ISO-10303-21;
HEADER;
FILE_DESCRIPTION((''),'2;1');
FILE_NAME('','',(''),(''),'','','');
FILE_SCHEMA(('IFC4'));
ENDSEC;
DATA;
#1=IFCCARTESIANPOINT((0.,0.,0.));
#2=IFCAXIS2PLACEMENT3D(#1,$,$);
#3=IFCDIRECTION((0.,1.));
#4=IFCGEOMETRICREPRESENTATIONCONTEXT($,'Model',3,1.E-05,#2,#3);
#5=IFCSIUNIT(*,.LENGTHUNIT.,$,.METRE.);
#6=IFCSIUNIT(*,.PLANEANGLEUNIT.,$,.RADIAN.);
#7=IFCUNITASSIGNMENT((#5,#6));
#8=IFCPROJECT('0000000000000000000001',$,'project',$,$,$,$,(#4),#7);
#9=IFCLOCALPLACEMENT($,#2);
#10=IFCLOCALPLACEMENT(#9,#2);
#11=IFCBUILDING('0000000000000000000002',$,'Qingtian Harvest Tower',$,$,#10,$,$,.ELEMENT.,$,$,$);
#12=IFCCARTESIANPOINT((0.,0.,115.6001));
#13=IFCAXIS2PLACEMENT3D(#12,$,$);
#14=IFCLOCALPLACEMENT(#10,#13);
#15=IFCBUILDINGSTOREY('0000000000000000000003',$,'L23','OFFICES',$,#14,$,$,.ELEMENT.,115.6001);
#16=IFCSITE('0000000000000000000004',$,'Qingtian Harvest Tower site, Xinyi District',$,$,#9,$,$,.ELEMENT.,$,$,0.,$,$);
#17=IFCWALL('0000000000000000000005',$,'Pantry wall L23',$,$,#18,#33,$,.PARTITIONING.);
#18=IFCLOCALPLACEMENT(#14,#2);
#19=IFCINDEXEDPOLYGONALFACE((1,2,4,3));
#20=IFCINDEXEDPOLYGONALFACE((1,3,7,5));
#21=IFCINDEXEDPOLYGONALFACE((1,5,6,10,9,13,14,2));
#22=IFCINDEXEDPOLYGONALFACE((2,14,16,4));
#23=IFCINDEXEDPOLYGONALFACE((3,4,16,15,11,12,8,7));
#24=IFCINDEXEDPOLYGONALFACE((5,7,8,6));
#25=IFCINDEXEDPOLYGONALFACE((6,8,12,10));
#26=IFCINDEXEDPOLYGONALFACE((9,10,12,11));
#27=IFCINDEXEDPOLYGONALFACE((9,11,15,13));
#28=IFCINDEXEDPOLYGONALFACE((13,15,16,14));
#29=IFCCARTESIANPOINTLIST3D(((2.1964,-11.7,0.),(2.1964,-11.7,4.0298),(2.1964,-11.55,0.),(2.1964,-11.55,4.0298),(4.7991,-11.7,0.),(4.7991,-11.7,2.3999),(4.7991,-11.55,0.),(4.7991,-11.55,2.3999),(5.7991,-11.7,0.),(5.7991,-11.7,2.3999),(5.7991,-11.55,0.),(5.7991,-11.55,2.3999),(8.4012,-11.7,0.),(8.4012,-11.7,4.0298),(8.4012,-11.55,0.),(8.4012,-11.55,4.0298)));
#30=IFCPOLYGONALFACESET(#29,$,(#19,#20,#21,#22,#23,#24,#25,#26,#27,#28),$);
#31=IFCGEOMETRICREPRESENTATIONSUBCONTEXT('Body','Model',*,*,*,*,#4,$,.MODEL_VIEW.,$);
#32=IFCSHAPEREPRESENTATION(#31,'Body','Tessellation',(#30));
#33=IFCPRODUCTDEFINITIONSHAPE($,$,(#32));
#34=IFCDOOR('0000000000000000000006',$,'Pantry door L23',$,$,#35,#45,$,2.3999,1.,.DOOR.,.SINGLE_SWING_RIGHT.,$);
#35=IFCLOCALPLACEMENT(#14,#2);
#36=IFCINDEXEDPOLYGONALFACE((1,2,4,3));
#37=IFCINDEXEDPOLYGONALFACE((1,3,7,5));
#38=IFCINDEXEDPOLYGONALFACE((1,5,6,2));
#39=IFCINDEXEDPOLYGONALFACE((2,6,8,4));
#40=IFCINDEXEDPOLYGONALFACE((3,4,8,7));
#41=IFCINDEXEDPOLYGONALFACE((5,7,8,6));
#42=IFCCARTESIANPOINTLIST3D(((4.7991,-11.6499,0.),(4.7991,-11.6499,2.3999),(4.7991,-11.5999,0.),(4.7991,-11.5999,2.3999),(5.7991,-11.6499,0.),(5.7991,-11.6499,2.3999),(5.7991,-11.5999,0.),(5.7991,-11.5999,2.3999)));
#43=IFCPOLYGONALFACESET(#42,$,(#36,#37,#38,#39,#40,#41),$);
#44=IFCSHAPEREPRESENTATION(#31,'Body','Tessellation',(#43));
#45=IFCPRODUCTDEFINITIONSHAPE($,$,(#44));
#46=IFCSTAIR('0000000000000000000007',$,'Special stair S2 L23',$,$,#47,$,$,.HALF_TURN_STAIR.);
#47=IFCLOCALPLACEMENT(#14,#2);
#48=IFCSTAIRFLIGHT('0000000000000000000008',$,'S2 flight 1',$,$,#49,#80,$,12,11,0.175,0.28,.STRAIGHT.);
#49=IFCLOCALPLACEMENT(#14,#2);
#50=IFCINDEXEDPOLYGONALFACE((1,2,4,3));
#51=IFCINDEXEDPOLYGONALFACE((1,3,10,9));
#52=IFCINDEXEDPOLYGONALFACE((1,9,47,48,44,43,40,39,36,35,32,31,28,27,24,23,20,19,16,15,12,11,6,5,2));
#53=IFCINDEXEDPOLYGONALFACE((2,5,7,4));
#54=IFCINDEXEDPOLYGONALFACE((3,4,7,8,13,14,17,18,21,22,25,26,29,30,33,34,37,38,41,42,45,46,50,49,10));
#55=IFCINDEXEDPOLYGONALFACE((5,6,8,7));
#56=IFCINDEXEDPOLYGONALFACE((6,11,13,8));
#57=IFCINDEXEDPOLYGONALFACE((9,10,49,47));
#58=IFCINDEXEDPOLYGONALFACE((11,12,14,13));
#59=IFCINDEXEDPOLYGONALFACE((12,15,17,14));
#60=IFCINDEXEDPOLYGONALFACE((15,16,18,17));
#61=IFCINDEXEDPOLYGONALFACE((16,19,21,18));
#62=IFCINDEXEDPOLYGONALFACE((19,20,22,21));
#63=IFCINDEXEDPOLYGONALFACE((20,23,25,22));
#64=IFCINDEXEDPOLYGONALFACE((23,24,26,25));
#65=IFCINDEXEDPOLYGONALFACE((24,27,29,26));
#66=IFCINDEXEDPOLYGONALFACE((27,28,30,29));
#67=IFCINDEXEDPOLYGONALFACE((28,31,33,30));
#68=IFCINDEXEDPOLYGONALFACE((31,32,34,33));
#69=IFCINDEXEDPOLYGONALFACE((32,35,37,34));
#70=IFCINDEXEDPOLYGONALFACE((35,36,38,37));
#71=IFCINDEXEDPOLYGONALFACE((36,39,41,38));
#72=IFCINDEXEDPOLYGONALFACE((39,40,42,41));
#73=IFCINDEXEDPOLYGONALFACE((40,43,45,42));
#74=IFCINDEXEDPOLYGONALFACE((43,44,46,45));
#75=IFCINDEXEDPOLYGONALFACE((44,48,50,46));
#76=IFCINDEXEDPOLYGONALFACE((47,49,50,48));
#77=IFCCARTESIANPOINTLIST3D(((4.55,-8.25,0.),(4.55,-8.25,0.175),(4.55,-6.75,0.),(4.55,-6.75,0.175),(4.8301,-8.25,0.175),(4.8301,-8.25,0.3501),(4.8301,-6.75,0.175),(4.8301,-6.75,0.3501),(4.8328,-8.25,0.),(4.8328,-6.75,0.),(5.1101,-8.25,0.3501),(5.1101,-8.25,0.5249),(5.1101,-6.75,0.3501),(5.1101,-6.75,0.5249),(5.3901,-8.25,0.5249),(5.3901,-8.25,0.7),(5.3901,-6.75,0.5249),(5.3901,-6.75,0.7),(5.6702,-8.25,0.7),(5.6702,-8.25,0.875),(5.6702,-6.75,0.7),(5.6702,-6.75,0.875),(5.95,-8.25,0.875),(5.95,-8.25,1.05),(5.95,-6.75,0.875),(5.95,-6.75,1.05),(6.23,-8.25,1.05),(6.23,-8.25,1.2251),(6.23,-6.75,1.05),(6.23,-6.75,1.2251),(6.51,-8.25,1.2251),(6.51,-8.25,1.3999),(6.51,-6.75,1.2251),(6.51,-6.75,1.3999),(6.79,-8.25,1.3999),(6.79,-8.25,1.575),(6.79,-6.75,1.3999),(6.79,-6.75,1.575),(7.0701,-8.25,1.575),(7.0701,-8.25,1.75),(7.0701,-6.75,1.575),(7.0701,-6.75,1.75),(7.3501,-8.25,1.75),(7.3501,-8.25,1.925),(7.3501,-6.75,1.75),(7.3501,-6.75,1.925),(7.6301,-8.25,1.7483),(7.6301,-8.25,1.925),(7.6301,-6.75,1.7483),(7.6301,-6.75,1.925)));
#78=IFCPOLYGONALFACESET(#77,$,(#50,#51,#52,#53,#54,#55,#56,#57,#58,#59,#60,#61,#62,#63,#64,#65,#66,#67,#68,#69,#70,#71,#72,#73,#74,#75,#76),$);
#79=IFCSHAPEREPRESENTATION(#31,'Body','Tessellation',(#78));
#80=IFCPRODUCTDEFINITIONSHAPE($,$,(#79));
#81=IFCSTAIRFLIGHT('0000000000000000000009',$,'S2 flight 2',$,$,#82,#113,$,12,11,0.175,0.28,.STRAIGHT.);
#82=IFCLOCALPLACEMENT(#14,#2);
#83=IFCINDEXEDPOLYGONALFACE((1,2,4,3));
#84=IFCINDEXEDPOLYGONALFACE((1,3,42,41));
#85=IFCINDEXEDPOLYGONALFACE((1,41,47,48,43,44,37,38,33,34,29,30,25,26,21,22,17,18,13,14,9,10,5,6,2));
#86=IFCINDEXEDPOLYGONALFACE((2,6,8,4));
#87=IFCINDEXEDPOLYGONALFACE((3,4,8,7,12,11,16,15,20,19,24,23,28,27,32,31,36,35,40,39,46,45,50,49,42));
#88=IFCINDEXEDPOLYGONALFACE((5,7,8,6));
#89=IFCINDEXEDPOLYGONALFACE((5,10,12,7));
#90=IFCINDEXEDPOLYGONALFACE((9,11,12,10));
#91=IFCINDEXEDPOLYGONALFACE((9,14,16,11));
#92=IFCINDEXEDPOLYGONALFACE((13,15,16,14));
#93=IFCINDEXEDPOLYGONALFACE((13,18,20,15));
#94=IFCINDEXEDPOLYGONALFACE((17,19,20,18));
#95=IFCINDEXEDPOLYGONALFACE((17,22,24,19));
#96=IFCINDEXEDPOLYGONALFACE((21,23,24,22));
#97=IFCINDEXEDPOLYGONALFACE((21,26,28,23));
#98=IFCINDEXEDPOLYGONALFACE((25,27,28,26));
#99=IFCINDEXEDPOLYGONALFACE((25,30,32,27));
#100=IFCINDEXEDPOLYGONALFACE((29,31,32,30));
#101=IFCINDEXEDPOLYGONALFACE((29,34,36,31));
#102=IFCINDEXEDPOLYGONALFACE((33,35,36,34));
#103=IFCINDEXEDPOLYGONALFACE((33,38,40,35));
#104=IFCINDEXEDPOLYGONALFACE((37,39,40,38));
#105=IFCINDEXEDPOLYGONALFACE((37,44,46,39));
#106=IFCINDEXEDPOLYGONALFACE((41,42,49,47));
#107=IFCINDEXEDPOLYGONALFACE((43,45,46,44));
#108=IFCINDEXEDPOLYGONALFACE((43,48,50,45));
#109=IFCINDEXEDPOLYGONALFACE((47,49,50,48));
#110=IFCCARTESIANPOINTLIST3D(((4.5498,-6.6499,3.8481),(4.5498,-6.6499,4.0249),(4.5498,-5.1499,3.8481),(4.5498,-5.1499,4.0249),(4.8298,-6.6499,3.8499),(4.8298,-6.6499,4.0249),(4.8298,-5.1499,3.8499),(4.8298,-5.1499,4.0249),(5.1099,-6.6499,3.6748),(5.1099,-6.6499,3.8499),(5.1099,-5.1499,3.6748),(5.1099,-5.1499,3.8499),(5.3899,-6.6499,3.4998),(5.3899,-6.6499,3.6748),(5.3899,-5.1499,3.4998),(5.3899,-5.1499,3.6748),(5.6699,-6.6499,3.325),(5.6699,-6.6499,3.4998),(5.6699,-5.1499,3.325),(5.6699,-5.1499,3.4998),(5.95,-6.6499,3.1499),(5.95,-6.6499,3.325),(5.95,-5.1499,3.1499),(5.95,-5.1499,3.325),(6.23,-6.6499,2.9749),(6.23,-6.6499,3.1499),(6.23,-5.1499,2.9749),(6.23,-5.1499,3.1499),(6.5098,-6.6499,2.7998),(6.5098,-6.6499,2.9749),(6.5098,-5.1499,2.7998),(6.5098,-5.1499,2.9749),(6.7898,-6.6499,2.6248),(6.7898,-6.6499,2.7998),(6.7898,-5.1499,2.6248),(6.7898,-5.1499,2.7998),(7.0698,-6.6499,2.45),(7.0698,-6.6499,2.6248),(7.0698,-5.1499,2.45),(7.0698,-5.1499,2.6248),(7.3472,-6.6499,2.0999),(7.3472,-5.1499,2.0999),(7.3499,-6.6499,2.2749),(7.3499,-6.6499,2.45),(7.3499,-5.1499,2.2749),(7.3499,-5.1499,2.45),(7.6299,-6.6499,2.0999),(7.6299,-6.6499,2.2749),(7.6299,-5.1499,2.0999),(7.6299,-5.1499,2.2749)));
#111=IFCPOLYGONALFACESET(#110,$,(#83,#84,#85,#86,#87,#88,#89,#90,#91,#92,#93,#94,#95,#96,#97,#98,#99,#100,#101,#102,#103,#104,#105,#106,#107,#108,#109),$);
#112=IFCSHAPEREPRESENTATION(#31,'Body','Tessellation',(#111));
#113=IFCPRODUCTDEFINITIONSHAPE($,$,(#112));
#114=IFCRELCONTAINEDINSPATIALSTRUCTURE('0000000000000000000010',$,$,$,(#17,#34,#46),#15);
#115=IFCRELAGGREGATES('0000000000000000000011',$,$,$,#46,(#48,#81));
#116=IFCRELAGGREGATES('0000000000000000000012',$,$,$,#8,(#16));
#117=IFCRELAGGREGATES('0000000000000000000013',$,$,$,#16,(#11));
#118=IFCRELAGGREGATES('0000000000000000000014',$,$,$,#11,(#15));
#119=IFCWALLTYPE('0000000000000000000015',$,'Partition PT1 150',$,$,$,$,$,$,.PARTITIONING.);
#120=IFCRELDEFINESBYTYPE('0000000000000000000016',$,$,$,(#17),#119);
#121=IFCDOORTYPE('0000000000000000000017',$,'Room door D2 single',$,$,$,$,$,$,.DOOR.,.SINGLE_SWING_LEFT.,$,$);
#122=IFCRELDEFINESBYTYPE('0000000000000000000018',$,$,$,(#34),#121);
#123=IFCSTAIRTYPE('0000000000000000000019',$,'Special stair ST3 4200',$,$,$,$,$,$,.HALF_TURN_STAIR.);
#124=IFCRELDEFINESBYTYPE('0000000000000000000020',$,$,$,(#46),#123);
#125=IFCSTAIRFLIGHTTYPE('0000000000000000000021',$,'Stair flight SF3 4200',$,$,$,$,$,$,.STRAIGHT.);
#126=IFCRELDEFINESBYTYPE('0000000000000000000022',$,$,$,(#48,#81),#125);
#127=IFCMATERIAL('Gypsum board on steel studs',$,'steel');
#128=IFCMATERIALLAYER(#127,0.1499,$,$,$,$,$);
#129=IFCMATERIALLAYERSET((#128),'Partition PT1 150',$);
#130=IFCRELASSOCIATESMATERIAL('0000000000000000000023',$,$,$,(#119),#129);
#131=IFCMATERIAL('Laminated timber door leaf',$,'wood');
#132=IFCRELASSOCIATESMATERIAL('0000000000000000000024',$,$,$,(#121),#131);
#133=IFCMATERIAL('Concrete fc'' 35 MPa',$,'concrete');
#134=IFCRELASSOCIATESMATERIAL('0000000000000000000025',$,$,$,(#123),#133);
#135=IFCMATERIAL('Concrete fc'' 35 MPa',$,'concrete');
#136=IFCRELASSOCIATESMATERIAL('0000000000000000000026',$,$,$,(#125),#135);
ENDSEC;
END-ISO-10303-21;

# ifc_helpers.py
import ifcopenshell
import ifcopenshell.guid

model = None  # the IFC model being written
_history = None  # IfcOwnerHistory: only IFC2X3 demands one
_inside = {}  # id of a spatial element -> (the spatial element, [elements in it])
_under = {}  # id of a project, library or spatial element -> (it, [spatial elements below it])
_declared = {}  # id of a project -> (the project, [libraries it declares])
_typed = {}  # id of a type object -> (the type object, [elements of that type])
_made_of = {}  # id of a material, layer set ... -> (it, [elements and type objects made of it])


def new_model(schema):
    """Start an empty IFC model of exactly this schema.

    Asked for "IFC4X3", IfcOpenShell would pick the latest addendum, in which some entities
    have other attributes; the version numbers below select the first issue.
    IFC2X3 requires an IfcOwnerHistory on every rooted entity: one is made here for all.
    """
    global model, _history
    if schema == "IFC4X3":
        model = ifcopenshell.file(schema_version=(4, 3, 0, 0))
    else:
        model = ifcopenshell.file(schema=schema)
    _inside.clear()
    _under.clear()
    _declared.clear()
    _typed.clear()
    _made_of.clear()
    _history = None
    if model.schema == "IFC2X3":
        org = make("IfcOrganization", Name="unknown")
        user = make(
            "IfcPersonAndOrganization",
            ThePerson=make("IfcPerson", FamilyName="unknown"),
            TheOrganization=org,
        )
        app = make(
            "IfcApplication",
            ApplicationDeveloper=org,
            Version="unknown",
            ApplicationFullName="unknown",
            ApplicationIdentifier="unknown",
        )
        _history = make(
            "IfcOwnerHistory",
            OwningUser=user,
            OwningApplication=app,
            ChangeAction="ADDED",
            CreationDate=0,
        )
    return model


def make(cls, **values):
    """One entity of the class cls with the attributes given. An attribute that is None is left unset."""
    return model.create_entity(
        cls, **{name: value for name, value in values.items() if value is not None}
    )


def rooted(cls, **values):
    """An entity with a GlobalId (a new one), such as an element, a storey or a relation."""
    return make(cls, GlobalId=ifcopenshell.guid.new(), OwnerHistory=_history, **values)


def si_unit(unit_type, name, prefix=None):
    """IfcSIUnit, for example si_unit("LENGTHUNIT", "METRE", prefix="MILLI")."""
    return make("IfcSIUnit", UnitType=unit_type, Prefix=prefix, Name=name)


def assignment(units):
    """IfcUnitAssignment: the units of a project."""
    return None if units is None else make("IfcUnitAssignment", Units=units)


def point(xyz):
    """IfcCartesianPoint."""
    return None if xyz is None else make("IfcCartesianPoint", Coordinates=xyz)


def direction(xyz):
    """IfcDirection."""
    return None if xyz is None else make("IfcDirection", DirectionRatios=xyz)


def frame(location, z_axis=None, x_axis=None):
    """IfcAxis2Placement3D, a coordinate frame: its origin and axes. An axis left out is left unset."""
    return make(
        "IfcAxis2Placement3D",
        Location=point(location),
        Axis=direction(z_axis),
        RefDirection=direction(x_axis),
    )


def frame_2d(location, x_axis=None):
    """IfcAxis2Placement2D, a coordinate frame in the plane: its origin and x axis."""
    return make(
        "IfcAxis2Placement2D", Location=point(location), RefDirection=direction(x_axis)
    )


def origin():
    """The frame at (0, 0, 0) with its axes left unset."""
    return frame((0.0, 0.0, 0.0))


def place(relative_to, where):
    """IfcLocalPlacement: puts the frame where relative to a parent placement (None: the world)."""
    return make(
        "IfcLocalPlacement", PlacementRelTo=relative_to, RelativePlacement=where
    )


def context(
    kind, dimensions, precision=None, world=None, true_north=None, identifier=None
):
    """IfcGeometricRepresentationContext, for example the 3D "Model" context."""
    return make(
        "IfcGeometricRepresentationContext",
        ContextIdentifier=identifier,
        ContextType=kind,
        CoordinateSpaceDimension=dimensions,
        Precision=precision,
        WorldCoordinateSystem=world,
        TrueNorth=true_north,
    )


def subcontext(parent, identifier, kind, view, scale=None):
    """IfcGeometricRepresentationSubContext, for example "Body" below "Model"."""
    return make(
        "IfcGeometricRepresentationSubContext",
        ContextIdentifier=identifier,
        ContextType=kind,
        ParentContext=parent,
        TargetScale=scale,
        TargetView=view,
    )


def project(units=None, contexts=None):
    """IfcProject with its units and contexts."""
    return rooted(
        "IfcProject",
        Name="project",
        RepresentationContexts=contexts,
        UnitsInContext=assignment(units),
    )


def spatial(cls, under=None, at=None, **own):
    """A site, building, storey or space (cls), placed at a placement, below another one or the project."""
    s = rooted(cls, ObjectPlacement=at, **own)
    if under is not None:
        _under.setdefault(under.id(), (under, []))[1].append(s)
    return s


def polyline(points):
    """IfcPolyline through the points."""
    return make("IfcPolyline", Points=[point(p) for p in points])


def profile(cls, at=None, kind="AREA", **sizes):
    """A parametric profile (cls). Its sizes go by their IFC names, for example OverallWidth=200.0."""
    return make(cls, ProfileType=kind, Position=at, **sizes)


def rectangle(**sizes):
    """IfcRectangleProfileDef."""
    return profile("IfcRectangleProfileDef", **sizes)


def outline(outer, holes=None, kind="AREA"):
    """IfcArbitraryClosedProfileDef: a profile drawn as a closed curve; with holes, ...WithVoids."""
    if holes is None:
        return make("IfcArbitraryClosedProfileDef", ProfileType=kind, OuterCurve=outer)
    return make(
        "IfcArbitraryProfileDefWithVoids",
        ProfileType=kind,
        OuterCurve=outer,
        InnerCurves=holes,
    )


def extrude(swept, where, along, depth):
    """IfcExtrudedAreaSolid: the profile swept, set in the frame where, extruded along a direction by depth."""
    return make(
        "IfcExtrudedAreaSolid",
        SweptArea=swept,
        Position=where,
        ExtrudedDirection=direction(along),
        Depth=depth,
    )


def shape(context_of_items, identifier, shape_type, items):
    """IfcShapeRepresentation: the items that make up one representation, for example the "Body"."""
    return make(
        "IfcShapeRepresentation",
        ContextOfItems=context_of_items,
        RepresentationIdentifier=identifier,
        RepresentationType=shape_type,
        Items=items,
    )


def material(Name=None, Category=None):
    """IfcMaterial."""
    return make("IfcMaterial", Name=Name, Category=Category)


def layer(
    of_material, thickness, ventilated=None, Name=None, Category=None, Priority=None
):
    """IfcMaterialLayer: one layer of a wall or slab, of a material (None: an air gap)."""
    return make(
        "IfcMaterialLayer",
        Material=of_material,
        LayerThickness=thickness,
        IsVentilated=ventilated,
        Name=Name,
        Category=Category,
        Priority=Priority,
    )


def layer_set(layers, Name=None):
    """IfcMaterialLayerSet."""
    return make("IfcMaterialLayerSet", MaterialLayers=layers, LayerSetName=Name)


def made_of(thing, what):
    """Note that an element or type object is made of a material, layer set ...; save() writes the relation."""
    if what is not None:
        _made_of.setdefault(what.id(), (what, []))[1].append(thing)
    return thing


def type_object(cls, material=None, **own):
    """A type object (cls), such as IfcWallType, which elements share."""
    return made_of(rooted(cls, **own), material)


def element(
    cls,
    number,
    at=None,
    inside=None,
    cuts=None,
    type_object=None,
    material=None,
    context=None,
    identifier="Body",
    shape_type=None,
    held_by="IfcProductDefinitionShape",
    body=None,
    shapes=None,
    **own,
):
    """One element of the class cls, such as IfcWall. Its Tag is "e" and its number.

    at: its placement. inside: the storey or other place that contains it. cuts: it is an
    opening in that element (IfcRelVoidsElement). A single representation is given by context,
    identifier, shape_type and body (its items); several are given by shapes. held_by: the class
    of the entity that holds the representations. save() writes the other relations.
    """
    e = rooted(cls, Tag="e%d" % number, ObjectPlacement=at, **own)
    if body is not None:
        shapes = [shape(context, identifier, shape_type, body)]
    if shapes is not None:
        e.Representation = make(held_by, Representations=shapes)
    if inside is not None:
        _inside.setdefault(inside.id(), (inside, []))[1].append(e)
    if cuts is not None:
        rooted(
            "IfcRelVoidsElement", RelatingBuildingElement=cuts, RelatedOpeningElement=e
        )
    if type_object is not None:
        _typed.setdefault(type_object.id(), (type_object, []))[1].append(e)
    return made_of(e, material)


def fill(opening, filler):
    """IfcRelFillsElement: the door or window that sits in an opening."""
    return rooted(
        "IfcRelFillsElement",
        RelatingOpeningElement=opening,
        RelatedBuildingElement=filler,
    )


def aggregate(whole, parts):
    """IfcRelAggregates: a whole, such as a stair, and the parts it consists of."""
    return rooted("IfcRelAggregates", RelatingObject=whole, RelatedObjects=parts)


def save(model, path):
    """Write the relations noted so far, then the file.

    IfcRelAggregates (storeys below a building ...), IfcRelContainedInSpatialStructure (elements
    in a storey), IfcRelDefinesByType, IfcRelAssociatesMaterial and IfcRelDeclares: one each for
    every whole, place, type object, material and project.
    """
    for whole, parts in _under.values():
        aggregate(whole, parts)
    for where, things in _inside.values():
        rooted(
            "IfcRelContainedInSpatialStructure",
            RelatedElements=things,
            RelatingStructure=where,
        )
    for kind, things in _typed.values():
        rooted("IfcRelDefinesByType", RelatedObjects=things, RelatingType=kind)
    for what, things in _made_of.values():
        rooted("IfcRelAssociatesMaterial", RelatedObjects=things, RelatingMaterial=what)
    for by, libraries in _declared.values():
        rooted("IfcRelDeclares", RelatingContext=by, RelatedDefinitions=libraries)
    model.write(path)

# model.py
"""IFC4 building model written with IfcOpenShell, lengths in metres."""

from ifc_helpers import new_model, si_unit, direction, frame, frame_2d, origin, place, context, subcontext, project, spatial, polyline, rectangle, outline, extrude, material, layer, layer_set, type_object, element, fill, aggregate, save


model = new_model("IFC4")

# Units and contexts
model_context = context("Model", 3, precision=1e-05, world=origin(), true_north=direction((0.0, 1.0)))
body_context = subcontext(model_context, "Body", "Model", "MODEL_VIEW")
ifc_project = project(units=[si_unit("LENGTHUNIT", "METRE"), si_unit("PLANEANGLEUNIT", "RADIAN")], contexts=[model_context])

# Site, building, storey
site_placement = place(None, origin())
site = spatial("IfcSite", under=ifc_project, at=site_placement, Name="Qingtian Harvest Tower site, Xinyi District", CompositionType="ELEMENT", RefElevation=0.0)
building_placement = place(site_placement, origin())
building = spatial("IfcBuilding", under=site, at=building_placement, Name="Qingtian Harvest Tower", CompositionType="ELEMENT")
storey_placement = place(building_placement, frame((0.0, 0.0, 115.6001)))
storey = spatial("IfcBuildingStorey", under=building, at=storey_placement, Name="L23", Description="OFFICES", CompositionType="ELEMENT", Elevation=115.6001)

# Wall, opening, door
ifc_material_1 = material(Name="Gypsum board on steel studs", Category="steel")
ifc_layer_1 = layer(ifc_material_1, 0.1499)
ifc_layer_set_1 = layer_set([ifc_layer_1], Name="Partition PT1 150")
wall_type_1 = type_object("IfcWallType", Name="Partition PT1 150", PredefinedType="PARTITIONING", material=ifc_layer_set_1)
wall_1_placement = place(storey_placement, frame((8.4014, -11.625, 0.0), z_axis=(0.0, 0.0, 1.0), x_axis=(-1.0, 0.0, 0.0)))
wall_1 = element("IfcWall", 1, at=wall_1_placement, inside=storey, type_object=wall_type_1, Name="Pantry wall L23", PredefinedType="PARTITIONING", context=body_context, shape_type="SweptSolid", body=[
    extrude(rectangle(XDim=6.2048, YDim=0.1499, at=frame_2d((3.1025, 0.0))), origin(), (0.0, 0.0, 1.0), 4.0298),
])
opening_1_placement = place(wall_1_placement, frame((2.6023, 0.0, 0.0)))
opening_1 = element("IfcOpeningElement", 2, at=opening_1_placement, cuts=wall_1, PredefinedType="OPENING", context=body_context, shape_type="SweptSolid", body=[
    extrude(rectangle(XDim=1.0, YDim=2.3999, at=frame_2d((0.5, 1.2))), frame((0.0, 0.085, 0.0), z_axis=(0.0, -1.0, 0.0), x_axis=(1.0, 0.0, 0.0)), (0.0, 0.0, 1.0), 0.1699),
])
ifc_material_2 = material(Name="Laminated timber door leaf", Category="wood")
door_type_1 = type_object("IfcDoorType", Name="Room door D2 single", OperationType="SINGLE_SWING_LEFT", PredefinedType="DOOR", material=ifc_material_2)
door_1_placement = place(opening_1_placement, origin())
door_1 = element("IfcDoor", 3, at=door_1_placement, inside=storey, type_object=door_type_1, Name="Pantry door L23", OperationType="SINGLE_SWING_RIGHT", OverallHeight=2.3999, OverallWidth=1.0, PredefinedType="DOOR", context=body_context, shape_type="SweptSolid", body=[
    extrude(rectangle(XDim=1.0, YDim=2.3999, at=frame_2d((0.5, 1.2))), frame((0.0, 0.0249, 0.0), z_axis=(0.0, -1.0, 0.0), x_axis=(1.0, 0.0, 0.0)), (0.0, 0.0, 1.0), 0.05),
])
fill(opening_1, door_1)

# Stair, stair flights
ifc_material_3 = material(Name="Concrete fc' 35 MPa", Category="concrete")
stair_type = type_object("IfcStairType", Name="Special stair ST3 4200", PredefinedType="HALF_TURN_STAIR", material=ifc_material_3)
stair_placement = place(storey_placement, origin())
stair = element("IfcStair", 4, at=stair_placement, inside=storey, type_object=stair_type, Name="Special stair S2 L23", PredefinedType="HALF_TURN_STAIR")
ifc_material_4 = material(Name="Concrete fc' 35 MPa", Category="concrete")
stair_flight_type = type_object("IfcStairFlightType", Name="Stair flight SF3 4200", PredefinedType="STRAIGHT", material=ifc_material_4)
stair_flight_1_placement = place(storey_placement, frame((4.55, -7.5, 0.0), z_axis=(0.0, 0.0, 1.0), x_axis=(1.0, 0.0, 0.0)))
stair_flight_1 = element("IfcStairFlight", 5, at=stair_flight_1_placement, type_object=stair_flight_type, Name="S2 flight 1", NumberOfRisers=12, NumberOfTreads=11, PredefinedType="STRAIGHT", RiserHeight=0.175, TreadLength=0.28, context=body_context, shape_type="SweptSolid", body=[
    extrude(outline(polyline([(0.0, 0.0), (0.0, 0.175), (0.28, 0.175), (0.28, 0.3501), (0.5601, 0.3501), (0.5601, 0.5249), (0.8401, 0.5249), (0.8401, 0.7), (1.1201, 0.7), (1.1201, 0.875), (1.3999, 0.875), (1.3999, 1.05), (1.6799, 1.05), (1.6799, 1.2251), (1.96, 1.2251), (1.96, 1.3999), (2.24, 1.3999), (2.24, 1.575), (2.52, 1.575), (2.52, 1.75), (2.8, 1.75), (2.8, 1.925), (3.0801, 1.925), (3.0801, 2.1001), (3.0801, 1.7483), (0.2827, 0.0), (0.0, 0.0)])), frame((0.0, 0.75, 0.0), z_axis=(0.0, -1.0, 0.0), x_axis=(1.0, 0.0, 0.0)), (0.0, 0.0, 1.0), 1.5),
])
stair_flight_2_placement = place(storey_placement, frame((7.6299, -5.8999, 2.0999), z_axis=(0.0, 0.0, 1.0), x_axis=(-1.0, 0.0, 0.0)))
stair_flight_2 = element("IfcStairFlight", 6, at=stair_flight_2_placement, type_object=stair_flight_type, Name="S2 flight 2", NumberOfRisers=12, NumberOfTreads=11, PredefinedType="STRAIGHT", RiserHeight=0.175, TreadLength=0.28, context=body_context, shape_type="SweptSolid", body=[
    extrude(outline(polyline([(0.0, 0.0), (0.0, 0.175), (0.28, 0.175), (0.28, 0.3501), (0.5601, 0.3501), (0.5601, 0.5249), (0.8401, 0.5249), (0.8401, 0.7), (1.1201, 0.7), (1.1201, 0.875), (1.3999, 0.875), (1.3999, 1.05), (1.6799, 1.05), (1.6799, 1.2251), (1.96, 1.2251), (1.96, 1.3999), (2.24, 1.3999), (2.24, 1.575), (2.52, 1.575), (2.52, 1.75), (2.8, 1.75), (2.8, 1.925), (3.0801, 1.925), (3.0801, 2.1001), (3.0801, 1.7483), (0.2827, 0.0), (0.0, 0.0)])), frame((0.0, 0.75, 0.0), z_axis=(0.0, -1.0, 0.0), x_axis=(1.0, 0.0, 0.0)), (0.0, 0.0, 1.0), 1.5),
])
aggregate(stair, [stair_flight_1, stair_flight_2])

save(model, "model.ifc")
